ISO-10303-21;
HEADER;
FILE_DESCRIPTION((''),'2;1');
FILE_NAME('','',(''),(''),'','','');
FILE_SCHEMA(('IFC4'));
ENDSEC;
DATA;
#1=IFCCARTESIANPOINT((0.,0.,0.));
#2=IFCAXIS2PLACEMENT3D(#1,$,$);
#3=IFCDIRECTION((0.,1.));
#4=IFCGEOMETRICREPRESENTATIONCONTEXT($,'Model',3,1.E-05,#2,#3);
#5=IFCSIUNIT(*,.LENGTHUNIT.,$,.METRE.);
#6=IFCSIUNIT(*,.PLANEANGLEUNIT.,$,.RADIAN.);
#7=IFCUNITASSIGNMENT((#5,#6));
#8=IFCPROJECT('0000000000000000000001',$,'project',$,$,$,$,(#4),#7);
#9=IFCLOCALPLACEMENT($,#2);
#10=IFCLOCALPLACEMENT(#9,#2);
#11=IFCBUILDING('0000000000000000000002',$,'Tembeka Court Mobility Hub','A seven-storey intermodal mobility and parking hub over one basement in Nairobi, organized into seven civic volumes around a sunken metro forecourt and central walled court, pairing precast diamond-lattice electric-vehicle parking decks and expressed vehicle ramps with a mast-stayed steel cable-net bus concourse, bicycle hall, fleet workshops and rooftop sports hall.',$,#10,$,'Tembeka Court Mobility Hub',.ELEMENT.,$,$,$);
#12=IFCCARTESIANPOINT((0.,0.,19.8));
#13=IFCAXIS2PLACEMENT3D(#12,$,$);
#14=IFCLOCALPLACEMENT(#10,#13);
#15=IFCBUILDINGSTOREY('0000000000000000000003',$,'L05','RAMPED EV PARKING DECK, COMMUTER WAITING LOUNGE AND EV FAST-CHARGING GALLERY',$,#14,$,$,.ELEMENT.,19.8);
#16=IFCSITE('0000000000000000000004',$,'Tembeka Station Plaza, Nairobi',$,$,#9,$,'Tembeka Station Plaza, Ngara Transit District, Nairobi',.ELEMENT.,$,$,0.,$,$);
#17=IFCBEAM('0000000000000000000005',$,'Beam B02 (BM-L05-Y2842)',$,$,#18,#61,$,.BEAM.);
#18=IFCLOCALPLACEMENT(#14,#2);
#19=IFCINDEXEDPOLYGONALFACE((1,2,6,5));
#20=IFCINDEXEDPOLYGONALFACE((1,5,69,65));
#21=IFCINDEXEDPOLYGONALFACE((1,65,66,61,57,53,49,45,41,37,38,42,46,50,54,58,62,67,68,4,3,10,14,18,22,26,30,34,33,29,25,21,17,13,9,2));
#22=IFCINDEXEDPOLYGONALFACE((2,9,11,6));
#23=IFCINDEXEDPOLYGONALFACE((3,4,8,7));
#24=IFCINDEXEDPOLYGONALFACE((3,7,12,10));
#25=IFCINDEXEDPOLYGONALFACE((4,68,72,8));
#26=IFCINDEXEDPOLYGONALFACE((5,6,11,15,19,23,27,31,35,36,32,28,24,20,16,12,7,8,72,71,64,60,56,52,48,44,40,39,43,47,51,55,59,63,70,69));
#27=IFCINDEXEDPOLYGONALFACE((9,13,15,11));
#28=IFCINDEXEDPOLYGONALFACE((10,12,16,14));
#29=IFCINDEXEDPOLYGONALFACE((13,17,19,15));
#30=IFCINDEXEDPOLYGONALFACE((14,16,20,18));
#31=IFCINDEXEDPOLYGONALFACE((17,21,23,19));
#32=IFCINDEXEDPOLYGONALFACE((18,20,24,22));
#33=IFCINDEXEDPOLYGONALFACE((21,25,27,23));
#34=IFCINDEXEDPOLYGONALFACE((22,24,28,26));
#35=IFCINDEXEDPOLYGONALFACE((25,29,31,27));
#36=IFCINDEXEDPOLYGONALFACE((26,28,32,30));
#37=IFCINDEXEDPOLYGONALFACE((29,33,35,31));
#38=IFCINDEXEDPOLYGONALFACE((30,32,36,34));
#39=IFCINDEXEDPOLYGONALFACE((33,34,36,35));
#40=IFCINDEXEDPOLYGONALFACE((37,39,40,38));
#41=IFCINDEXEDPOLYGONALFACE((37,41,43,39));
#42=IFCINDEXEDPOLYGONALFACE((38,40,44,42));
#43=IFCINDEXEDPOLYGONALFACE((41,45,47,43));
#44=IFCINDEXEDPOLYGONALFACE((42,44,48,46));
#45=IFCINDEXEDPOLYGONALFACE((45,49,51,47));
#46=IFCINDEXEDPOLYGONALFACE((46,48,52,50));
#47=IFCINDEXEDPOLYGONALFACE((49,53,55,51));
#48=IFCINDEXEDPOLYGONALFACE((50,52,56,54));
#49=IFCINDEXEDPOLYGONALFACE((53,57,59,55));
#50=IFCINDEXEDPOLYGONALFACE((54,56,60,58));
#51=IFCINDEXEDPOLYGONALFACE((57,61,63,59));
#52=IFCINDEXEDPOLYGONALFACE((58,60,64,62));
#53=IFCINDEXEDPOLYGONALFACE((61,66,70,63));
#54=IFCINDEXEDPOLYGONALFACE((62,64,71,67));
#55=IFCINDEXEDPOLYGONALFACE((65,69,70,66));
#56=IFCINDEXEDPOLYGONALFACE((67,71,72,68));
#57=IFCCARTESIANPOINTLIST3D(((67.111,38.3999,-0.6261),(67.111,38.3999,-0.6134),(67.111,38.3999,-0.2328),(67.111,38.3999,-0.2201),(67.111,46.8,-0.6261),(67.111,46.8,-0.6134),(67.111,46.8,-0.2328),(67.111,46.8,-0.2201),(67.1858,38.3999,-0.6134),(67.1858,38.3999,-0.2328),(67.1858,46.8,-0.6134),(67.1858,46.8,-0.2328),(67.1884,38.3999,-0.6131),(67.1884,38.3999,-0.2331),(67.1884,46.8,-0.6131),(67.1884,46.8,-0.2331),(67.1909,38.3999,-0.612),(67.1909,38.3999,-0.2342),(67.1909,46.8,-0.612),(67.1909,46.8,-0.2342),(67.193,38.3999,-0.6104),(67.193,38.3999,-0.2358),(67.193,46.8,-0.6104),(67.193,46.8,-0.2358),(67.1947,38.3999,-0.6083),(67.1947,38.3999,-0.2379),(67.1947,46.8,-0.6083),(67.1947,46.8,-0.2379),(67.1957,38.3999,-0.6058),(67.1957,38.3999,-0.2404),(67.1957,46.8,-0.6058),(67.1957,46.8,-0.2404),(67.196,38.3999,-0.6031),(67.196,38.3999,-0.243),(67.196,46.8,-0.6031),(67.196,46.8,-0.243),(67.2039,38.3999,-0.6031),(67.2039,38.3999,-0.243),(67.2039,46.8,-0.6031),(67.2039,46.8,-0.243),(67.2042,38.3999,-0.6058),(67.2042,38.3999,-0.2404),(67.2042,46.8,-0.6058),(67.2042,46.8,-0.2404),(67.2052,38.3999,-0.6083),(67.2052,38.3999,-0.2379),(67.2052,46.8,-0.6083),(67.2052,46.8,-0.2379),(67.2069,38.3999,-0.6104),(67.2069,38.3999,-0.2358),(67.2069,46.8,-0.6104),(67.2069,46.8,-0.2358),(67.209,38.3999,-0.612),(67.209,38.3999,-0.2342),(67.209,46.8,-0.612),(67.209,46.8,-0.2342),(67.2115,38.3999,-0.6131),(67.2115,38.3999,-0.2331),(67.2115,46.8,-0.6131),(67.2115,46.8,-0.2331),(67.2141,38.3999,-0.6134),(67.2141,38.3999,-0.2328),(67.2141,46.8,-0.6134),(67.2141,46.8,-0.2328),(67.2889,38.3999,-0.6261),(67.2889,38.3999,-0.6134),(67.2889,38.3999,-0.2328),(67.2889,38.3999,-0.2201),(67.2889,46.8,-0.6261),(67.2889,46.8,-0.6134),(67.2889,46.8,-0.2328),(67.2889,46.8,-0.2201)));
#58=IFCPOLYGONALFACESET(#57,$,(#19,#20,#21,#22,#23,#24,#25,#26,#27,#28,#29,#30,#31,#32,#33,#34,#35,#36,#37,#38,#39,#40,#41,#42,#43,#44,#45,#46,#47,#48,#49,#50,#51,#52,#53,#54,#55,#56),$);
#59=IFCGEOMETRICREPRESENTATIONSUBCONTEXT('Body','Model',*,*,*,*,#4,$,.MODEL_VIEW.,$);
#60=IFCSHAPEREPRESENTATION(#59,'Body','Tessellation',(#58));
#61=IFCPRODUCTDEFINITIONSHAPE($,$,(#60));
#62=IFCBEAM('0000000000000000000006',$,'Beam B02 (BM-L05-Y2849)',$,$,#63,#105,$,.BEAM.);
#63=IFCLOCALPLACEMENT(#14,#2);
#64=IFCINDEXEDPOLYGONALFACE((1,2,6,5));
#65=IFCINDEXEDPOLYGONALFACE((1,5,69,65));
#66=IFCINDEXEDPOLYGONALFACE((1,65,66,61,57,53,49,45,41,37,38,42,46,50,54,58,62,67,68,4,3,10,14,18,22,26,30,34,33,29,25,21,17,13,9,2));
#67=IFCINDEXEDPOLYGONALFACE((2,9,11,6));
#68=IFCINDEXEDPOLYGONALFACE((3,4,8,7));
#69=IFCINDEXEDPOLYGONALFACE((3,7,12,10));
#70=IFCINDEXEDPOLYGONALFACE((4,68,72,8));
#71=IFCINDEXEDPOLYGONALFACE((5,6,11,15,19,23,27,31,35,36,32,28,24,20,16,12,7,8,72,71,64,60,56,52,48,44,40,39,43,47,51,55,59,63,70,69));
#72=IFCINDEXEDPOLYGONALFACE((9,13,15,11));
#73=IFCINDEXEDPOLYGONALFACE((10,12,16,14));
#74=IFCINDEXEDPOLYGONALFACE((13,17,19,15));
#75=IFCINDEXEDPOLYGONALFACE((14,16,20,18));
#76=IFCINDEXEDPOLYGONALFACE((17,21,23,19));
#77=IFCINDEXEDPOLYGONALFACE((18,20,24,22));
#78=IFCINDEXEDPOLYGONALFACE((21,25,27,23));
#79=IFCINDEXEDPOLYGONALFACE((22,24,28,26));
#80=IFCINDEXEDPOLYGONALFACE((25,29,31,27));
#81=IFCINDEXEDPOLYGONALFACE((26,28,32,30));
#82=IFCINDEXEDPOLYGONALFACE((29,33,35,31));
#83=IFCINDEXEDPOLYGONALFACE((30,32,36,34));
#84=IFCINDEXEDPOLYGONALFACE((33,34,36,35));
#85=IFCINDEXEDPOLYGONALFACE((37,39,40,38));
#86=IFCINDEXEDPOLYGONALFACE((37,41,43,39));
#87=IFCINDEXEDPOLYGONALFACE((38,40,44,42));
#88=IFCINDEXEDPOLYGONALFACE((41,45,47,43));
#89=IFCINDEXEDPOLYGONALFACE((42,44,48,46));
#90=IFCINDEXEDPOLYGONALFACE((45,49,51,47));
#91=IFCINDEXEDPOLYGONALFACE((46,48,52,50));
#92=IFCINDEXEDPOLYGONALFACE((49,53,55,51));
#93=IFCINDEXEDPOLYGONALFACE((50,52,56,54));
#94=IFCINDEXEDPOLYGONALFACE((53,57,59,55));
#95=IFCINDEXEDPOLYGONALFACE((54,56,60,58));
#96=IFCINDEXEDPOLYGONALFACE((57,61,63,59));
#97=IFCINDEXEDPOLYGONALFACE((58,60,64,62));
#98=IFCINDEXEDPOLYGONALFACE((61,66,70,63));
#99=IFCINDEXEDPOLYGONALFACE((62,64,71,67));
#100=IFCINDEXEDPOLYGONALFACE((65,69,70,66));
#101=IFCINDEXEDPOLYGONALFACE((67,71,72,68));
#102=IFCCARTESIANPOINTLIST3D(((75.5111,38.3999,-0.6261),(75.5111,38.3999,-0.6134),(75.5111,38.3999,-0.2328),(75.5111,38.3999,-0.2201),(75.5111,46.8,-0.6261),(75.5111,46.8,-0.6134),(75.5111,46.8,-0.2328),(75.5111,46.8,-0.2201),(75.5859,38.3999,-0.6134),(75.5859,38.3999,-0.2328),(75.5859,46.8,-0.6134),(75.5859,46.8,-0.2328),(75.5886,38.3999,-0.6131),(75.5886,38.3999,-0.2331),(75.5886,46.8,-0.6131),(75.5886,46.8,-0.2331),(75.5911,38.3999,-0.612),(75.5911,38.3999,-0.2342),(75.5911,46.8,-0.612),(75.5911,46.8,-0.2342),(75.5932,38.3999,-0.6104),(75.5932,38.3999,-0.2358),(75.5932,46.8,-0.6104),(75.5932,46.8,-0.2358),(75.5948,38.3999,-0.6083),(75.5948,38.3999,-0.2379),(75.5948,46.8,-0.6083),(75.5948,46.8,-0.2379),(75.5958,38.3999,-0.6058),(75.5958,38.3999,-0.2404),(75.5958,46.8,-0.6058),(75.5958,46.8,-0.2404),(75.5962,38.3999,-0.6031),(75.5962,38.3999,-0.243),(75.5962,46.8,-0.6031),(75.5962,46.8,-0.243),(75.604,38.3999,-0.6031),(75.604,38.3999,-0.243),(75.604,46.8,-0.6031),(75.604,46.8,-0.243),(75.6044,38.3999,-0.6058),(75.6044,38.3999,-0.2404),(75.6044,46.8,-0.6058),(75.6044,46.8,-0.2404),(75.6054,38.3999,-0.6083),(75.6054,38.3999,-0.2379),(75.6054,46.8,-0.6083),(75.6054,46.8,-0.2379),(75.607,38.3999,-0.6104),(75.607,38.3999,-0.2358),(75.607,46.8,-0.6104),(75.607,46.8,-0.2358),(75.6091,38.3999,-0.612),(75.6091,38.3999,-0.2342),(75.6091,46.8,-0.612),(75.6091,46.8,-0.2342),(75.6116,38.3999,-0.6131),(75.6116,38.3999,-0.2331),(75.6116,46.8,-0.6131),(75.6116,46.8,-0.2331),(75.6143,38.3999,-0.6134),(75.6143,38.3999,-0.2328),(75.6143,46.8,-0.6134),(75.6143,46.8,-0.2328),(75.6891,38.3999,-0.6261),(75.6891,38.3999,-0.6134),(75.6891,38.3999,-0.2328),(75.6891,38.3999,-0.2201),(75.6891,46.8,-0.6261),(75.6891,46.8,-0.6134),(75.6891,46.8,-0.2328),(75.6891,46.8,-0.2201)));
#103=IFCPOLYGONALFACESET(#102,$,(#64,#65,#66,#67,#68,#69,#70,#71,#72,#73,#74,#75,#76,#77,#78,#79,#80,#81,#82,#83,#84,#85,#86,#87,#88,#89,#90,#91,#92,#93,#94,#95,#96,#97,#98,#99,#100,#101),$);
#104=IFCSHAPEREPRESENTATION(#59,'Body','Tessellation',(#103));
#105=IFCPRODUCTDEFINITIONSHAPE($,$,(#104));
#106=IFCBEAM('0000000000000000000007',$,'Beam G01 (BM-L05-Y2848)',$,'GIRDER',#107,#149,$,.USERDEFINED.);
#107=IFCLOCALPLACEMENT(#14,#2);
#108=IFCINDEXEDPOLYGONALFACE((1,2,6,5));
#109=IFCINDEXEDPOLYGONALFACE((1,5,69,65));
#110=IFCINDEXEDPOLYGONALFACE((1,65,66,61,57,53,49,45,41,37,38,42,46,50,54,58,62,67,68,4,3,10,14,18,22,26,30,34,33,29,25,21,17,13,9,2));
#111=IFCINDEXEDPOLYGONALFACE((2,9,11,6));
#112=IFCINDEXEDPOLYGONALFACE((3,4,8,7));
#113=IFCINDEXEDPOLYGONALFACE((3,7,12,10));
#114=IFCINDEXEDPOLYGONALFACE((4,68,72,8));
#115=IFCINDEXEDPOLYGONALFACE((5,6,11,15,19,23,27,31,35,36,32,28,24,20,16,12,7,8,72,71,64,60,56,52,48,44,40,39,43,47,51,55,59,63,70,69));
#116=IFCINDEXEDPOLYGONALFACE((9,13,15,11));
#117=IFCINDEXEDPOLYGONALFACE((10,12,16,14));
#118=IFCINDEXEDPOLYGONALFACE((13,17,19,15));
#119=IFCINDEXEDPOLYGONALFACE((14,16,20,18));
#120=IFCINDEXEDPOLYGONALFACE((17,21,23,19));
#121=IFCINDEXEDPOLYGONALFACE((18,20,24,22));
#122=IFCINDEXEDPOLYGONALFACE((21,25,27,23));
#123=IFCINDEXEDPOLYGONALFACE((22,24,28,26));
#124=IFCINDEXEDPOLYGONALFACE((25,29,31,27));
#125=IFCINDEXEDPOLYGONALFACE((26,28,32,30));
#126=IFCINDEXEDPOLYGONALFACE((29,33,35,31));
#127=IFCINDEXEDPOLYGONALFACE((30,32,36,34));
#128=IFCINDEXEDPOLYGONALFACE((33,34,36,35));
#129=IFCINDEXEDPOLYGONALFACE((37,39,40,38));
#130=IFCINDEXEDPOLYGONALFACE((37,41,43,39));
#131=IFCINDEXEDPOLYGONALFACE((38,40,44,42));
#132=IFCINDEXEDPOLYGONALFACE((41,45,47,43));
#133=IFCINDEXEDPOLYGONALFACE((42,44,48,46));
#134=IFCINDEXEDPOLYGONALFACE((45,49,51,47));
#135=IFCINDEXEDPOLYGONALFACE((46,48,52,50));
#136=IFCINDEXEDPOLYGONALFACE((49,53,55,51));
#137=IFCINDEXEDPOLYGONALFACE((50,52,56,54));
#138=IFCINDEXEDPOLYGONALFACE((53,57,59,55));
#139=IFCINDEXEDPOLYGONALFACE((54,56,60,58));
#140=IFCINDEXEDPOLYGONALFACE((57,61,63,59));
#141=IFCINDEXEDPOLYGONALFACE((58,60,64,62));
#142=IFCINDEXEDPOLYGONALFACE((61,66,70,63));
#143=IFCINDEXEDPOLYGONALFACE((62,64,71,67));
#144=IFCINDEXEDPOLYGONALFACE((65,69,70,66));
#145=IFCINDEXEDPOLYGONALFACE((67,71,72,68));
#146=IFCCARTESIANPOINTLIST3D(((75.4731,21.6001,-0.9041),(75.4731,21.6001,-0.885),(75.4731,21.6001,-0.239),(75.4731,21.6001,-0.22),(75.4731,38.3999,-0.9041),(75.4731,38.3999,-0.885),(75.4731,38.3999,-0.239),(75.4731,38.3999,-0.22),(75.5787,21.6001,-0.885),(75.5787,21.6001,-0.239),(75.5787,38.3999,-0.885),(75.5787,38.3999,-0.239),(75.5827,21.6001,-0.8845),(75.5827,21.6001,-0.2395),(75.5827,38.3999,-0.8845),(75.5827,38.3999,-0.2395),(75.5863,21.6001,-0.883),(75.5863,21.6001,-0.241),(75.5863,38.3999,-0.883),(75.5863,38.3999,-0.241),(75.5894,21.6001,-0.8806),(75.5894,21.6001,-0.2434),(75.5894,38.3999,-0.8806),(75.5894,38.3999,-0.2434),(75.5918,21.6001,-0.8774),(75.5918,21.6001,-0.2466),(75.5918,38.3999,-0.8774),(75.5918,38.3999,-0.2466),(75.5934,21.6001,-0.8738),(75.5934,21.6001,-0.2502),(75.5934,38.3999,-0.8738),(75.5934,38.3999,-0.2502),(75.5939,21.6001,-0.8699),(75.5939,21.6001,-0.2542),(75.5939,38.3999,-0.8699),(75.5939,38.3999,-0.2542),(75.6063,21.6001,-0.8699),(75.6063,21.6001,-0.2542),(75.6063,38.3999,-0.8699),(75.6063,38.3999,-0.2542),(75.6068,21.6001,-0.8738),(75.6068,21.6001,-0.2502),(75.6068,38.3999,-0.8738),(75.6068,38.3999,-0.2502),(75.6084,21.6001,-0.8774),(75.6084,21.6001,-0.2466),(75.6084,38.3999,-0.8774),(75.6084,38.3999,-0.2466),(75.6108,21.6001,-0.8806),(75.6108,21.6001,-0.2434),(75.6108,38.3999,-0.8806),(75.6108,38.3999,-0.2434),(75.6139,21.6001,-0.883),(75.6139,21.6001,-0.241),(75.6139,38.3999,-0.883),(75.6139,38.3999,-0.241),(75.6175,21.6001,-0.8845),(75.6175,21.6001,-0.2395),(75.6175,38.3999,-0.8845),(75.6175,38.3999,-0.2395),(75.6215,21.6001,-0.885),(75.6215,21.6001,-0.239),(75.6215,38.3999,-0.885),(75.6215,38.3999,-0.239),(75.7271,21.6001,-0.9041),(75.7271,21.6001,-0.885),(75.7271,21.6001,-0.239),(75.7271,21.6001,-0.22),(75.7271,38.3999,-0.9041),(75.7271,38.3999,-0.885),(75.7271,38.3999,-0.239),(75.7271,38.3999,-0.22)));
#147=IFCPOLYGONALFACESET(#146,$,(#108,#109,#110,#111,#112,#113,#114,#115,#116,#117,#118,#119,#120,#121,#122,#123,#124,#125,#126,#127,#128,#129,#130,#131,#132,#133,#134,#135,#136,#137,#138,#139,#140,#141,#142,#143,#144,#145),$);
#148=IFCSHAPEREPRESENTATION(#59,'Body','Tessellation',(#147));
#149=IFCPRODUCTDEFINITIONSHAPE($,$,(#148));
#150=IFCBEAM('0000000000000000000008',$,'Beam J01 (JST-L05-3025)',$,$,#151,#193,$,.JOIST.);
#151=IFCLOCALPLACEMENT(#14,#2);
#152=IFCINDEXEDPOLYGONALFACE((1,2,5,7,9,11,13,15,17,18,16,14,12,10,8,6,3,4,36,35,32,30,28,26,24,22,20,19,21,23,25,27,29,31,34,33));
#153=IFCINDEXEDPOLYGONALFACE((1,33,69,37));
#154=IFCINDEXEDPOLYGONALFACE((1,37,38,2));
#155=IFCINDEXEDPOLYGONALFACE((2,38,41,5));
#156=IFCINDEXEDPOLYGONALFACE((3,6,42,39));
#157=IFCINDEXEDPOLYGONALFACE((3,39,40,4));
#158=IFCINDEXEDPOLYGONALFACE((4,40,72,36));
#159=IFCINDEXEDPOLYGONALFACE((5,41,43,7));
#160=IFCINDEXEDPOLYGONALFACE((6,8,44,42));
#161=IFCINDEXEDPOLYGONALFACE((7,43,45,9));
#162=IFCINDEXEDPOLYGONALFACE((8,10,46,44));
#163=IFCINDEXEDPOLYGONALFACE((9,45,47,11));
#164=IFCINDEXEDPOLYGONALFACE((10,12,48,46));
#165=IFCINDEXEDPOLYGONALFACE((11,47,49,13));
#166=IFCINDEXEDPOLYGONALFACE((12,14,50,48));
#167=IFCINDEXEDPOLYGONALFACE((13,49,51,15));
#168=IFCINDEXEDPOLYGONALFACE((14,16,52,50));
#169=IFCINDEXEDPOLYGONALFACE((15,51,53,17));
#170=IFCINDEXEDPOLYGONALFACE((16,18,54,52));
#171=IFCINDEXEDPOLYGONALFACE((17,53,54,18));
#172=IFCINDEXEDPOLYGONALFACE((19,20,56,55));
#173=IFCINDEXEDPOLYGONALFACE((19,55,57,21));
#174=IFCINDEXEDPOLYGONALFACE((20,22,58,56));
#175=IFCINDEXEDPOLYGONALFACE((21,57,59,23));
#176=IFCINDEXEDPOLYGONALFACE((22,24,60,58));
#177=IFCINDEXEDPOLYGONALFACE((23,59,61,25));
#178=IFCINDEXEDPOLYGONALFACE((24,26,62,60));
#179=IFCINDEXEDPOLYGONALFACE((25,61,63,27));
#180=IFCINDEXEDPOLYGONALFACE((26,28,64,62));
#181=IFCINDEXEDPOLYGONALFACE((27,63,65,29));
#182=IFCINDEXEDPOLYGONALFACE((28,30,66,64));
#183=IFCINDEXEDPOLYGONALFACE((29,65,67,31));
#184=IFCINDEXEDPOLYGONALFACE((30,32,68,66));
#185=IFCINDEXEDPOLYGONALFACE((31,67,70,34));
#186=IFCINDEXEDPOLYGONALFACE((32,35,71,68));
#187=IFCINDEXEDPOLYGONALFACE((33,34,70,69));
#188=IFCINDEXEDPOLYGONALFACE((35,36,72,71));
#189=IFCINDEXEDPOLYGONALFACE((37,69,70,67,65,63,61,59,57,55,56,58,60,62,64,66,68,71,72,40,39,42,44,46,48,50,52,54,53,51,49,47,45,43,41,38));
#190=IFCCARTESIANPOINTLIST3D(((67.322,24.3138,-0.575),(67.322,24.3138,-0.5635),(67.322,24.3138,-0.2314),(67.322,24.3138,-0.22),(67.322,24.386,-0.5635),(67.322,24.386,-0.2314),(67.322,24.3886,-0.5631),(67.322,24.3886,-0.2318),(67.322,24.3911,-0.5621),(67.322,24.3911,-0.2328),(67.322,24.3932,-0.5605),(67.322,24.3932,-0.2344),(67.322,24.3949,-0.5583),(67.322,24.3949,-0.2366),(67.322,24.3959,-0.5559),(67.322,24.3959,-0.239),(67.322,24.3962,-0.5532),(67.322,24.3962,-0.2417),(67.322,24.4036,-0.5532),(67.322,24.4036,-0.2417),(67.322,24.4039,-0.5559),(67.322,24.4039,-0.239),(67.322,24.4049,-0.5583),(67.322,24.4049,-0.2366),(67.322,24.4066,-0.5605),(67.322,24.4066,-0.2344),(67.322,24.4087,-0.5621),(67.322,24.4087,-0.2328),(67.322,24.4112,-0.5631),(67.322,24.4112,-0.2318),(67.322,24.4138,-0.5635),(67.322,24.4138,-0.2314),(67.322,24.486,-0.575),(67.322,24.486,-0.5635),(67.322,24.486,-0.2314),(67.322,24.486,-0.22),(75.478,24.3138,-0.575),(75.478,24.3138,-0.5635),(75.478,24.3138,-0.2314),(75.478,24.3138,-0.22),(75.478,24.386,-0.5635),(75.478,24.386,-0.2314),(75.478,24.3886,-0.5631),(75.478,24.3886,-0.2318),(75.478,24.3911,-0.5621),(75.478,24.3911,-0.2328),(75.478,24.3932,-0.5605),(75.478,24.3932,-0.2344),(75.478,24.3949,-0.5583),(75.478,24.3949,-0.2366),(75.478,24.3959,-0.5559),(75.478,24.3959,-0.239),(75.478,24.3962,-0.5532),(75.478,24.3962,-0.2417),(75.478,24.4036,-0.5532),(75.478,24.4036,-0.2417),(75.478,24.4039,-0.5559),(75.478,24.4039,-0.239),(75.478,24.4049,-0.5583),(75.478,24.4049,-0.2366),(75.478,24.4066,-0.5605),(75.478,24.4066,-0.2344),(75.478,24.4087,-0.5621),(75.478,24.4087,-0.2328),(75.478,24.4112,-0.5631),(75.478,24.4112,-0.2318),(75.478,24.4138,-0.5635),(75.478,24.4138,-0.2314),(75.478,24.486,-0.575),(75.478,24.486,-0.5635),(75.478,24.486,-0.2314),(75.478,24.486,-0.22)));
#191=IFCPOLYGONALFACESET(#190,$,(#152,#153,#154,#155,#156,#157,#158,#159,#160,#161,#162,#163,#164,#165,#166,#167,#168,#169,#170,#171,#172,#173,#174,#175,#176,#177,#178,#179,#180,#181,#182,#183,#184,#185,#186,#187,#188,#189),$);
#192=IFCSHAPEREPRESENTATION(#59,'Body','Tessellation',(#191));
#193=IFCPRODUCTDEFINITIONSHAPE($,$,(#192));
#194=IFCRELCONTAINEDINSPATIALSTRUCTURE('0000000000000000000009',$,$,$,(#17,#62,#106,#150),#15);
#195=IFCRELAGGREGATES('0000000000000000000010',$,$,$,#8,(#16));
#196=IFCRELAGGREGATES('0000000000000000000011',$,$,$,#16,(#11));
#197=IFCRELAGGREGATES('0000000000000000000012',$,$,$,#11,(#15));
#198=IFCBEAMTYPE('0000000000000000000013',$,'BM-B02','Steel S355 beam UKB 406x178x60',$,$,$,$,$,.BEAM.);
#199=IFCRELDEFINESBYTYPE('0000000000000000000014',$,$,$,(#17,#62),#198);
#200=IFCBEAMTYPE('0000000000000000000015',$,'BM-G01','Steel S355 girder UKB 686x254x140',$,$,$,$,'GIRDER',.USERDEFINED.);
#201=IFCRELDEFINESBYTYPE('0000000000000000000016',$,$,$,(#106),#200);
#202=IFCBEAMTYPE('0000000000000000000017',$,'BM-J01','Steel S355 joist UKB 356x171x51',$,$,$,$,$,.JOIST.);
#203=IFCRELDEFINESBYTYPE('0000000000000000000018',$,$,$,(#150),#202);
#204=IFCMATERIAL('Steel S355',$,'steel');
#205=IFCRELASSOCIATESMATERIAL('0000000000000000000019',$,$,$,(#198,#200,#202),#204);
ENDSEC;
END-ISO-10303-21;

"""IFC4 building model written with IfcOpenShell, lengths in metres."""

from ifc_helpers import new_model, si_unit, direction, frame, origin, origin_2d, place, context, subcontext, project, spatial, i_section, extrude, material, material_profile, profile_set, type_object, element, save


model = new_model("IFC4")

# Units and contexts
model_context = context("Model", 3, precision=1e-05, world=origin(), true_north=direction((0.0, 1.0)))
body_context = subcontext(model_context, "Body", "Model", "MODEL_VIEW")
ifc_project = project(units=[si_unit("LENGTHUNIT", "METRE"), si_unit("PLANEANGLEUNIT", "RADIAN")], contexts=[model_context])

# Site, building, storey
site_placement = place(None, origin())
site = spatial("IfcSite", under=ifc_project, at=site_placement, Name="Tembeka Station Plaza, Nairobi", LongName="Tembeka Station Plaza, Ngara Transit District, Nairobi", CompositionType="ELEMENT", RefElevation=0.0)
building_placement = place(site_placement, origin())
building = spatial("IfcBuilding", under=site, at=building_placement, Name="Tembeka Court Mobility Hub", Description="A seven-storey intermodal mobility and parking hub over one basement in Nairobi, organized into seven civic volumes around a sunken metro forecourt and central walled court, pairing precast diamond-lattice electric-vehicle parking decks and expressed vehicle ramps with a mast-stayed steel cable-net bus concourse, bicycle hall, fleet workshops and rooftop sports hall.", LongName="Tembeka Court Mobility Hub", CompositionType="ELEMENT")
storey_placement = place(building_placement, frame((0.0, 0.0, 19.8)))
storey = spatial("IfcBuildingStorey", under=building, at=storey_placement, Name="L05", Description="RAMPED EV PARKING DECK, COMMUTER WAITING LOUNGE AND EV FAST-CHARGING GALLERY", CompositionType="ELEMENT", Elevation=19.8)

# Shared definitions
ifc_material_1 = material(Name="Steel S355", Category="steel")

# Beams
ifc_material_profile_1 = material_profile(ifc_material_1, i_section(OverallWidth=0.178, OverallDepth=0.406, WebThickness=0.0078, FlangeThickness=0.0127, FilletRadius=0.0103, at=origin_2d()), Name="UKB 406x178x60")
ifc_profile_set_1 = profile_set([ifc_material_profile_1], Name="Steel S355")
beam_type_1 = type_object("IfcBeamType", Name="BM-B02", Description="Steel S355 beam UKB 406x178x60", PredefinedType="BEAM", material=ifc_profile_set_1)
for number, where, z_axis, x_axis, name in (
    (1, (67.2, 38.3999, -0.4231), (0.0, 1.0, 0.0), (-1.0, 0.0, 0.0), "Beam B02 (BM-L05-Y2842)"),
    (2, (75.6001, 38.3999, -0.4231), (0.0, 1.0, 0.0), (-1.0, 0.0, 0.0), "Beam B02 (BM-L05-Y2849)"),
):
    element("IfcBeam", number, at=place(storey_placement, frame(where, z_axis=z_axis, x_axis=x_axis)), inside=storey, type_object=beam_type_1, Name=name, PredefinedType="BEAM", context=body_context, shape_type="SweptSolid", body=[
        extrude(i_section(OverallWidth=0.178, OverallDepth=0.406, WebThickness=0.0078, FlangeThickness=0.0127, FilletRadius=0.0103, at=origin_2d()), origin(), (0.0, 0.0, 1.0), 8.4001),
    ])
ifc_material_profile_2 = material_profile(ifc_material_1, i_section(OverallWidth=0.2539, OverallDepth=0.6841, WebThickness=0.0125, FlangeThickness=0.019, FilletRadius=0.0151, at=origin_2d()), Name="UKB 686x254x140")
ifc_profile_set_2 = profile_set([ifc_material_profile_2], Name="Steel S355")
beam_type_2 = type_object("IfcBeamType", Name="BM-G01", Description="Steel S355 girder UKB 686x254x140", ElementType="GIRDER", PredefinedType="USERDEFINED", material=ifc_profile_set_2)
beam_1_placement = place(storey_placement, frame((75.6001, 21.6001, -0.562), z_axis=(0.0, 1.0, 0.0), x_axis=(-1.0, 0.0, 0.0)))
element("IfcBeam", 3, at=beam_1_placement, inside=storey, type_object=beam_type_2, Name="Beam G01 (BM-L05-Y2848)", ObjectType="GIRDER", PredefinedType="USERDEFINED", context=body_context, shape_type="SweptSolid", body=[
    extrude(i_section(OverallWidth=0.2539, OverallDepth=0.6841, WebThickness=0.0125, FlangeThickness=0.019, FilletRadius=0.0151, at=origin_2d()), origin(), (0.0, 0.0, 1.0), 16.7998),
])
ifc_material_profile_3 = material_profile(ifc_material_1, i_section(OverallWidth=0.1721, OverallDepth=0.355, WebThickness=0.0073, FlangeThickness=0.0115, FilletRadius=0.0103, at=origin_2d()), Name="UKB 356x171x51")
ifc_profile_set_3 = profile_set([ifc_material_profile_3], Name="Steel S355")
beam_type_3 = type_object("IfcBeamType", Name="BM-J01", Description="Steel S355 joist UKB 356x171x51", PredefinedType="JOIST", material=ifc_profile_set_3)
for number, where, z_axis, x_axis, name in (
    (4, (67.322, 24.3999, -0.3975), (1.0, 0.0, 0.0), (0.0, 1.0, 0.0), "Beam J01 (JST-L05-3025)"),
):
    element("IfcBeam", number, at=place(storey_placement, frame(where, z_axis=z_axis, x_axis=x_axis)), inside=storey, type_object=beam_type_3, Name=name, PredefinedType="JOIST", context=body_context, shape_type="SweptSolid", body=[
        extrude(i_section(OverallWidth=0.1721, OverallDepth=0.355, WebThickness=0.0073, FlangeThickness=0.0115, FilletRadius=0.0103, at=origin_2d()), origin(), (0.0, 0.0, 1.0), 8.156),
    ])

save(model, "model.ifc")
